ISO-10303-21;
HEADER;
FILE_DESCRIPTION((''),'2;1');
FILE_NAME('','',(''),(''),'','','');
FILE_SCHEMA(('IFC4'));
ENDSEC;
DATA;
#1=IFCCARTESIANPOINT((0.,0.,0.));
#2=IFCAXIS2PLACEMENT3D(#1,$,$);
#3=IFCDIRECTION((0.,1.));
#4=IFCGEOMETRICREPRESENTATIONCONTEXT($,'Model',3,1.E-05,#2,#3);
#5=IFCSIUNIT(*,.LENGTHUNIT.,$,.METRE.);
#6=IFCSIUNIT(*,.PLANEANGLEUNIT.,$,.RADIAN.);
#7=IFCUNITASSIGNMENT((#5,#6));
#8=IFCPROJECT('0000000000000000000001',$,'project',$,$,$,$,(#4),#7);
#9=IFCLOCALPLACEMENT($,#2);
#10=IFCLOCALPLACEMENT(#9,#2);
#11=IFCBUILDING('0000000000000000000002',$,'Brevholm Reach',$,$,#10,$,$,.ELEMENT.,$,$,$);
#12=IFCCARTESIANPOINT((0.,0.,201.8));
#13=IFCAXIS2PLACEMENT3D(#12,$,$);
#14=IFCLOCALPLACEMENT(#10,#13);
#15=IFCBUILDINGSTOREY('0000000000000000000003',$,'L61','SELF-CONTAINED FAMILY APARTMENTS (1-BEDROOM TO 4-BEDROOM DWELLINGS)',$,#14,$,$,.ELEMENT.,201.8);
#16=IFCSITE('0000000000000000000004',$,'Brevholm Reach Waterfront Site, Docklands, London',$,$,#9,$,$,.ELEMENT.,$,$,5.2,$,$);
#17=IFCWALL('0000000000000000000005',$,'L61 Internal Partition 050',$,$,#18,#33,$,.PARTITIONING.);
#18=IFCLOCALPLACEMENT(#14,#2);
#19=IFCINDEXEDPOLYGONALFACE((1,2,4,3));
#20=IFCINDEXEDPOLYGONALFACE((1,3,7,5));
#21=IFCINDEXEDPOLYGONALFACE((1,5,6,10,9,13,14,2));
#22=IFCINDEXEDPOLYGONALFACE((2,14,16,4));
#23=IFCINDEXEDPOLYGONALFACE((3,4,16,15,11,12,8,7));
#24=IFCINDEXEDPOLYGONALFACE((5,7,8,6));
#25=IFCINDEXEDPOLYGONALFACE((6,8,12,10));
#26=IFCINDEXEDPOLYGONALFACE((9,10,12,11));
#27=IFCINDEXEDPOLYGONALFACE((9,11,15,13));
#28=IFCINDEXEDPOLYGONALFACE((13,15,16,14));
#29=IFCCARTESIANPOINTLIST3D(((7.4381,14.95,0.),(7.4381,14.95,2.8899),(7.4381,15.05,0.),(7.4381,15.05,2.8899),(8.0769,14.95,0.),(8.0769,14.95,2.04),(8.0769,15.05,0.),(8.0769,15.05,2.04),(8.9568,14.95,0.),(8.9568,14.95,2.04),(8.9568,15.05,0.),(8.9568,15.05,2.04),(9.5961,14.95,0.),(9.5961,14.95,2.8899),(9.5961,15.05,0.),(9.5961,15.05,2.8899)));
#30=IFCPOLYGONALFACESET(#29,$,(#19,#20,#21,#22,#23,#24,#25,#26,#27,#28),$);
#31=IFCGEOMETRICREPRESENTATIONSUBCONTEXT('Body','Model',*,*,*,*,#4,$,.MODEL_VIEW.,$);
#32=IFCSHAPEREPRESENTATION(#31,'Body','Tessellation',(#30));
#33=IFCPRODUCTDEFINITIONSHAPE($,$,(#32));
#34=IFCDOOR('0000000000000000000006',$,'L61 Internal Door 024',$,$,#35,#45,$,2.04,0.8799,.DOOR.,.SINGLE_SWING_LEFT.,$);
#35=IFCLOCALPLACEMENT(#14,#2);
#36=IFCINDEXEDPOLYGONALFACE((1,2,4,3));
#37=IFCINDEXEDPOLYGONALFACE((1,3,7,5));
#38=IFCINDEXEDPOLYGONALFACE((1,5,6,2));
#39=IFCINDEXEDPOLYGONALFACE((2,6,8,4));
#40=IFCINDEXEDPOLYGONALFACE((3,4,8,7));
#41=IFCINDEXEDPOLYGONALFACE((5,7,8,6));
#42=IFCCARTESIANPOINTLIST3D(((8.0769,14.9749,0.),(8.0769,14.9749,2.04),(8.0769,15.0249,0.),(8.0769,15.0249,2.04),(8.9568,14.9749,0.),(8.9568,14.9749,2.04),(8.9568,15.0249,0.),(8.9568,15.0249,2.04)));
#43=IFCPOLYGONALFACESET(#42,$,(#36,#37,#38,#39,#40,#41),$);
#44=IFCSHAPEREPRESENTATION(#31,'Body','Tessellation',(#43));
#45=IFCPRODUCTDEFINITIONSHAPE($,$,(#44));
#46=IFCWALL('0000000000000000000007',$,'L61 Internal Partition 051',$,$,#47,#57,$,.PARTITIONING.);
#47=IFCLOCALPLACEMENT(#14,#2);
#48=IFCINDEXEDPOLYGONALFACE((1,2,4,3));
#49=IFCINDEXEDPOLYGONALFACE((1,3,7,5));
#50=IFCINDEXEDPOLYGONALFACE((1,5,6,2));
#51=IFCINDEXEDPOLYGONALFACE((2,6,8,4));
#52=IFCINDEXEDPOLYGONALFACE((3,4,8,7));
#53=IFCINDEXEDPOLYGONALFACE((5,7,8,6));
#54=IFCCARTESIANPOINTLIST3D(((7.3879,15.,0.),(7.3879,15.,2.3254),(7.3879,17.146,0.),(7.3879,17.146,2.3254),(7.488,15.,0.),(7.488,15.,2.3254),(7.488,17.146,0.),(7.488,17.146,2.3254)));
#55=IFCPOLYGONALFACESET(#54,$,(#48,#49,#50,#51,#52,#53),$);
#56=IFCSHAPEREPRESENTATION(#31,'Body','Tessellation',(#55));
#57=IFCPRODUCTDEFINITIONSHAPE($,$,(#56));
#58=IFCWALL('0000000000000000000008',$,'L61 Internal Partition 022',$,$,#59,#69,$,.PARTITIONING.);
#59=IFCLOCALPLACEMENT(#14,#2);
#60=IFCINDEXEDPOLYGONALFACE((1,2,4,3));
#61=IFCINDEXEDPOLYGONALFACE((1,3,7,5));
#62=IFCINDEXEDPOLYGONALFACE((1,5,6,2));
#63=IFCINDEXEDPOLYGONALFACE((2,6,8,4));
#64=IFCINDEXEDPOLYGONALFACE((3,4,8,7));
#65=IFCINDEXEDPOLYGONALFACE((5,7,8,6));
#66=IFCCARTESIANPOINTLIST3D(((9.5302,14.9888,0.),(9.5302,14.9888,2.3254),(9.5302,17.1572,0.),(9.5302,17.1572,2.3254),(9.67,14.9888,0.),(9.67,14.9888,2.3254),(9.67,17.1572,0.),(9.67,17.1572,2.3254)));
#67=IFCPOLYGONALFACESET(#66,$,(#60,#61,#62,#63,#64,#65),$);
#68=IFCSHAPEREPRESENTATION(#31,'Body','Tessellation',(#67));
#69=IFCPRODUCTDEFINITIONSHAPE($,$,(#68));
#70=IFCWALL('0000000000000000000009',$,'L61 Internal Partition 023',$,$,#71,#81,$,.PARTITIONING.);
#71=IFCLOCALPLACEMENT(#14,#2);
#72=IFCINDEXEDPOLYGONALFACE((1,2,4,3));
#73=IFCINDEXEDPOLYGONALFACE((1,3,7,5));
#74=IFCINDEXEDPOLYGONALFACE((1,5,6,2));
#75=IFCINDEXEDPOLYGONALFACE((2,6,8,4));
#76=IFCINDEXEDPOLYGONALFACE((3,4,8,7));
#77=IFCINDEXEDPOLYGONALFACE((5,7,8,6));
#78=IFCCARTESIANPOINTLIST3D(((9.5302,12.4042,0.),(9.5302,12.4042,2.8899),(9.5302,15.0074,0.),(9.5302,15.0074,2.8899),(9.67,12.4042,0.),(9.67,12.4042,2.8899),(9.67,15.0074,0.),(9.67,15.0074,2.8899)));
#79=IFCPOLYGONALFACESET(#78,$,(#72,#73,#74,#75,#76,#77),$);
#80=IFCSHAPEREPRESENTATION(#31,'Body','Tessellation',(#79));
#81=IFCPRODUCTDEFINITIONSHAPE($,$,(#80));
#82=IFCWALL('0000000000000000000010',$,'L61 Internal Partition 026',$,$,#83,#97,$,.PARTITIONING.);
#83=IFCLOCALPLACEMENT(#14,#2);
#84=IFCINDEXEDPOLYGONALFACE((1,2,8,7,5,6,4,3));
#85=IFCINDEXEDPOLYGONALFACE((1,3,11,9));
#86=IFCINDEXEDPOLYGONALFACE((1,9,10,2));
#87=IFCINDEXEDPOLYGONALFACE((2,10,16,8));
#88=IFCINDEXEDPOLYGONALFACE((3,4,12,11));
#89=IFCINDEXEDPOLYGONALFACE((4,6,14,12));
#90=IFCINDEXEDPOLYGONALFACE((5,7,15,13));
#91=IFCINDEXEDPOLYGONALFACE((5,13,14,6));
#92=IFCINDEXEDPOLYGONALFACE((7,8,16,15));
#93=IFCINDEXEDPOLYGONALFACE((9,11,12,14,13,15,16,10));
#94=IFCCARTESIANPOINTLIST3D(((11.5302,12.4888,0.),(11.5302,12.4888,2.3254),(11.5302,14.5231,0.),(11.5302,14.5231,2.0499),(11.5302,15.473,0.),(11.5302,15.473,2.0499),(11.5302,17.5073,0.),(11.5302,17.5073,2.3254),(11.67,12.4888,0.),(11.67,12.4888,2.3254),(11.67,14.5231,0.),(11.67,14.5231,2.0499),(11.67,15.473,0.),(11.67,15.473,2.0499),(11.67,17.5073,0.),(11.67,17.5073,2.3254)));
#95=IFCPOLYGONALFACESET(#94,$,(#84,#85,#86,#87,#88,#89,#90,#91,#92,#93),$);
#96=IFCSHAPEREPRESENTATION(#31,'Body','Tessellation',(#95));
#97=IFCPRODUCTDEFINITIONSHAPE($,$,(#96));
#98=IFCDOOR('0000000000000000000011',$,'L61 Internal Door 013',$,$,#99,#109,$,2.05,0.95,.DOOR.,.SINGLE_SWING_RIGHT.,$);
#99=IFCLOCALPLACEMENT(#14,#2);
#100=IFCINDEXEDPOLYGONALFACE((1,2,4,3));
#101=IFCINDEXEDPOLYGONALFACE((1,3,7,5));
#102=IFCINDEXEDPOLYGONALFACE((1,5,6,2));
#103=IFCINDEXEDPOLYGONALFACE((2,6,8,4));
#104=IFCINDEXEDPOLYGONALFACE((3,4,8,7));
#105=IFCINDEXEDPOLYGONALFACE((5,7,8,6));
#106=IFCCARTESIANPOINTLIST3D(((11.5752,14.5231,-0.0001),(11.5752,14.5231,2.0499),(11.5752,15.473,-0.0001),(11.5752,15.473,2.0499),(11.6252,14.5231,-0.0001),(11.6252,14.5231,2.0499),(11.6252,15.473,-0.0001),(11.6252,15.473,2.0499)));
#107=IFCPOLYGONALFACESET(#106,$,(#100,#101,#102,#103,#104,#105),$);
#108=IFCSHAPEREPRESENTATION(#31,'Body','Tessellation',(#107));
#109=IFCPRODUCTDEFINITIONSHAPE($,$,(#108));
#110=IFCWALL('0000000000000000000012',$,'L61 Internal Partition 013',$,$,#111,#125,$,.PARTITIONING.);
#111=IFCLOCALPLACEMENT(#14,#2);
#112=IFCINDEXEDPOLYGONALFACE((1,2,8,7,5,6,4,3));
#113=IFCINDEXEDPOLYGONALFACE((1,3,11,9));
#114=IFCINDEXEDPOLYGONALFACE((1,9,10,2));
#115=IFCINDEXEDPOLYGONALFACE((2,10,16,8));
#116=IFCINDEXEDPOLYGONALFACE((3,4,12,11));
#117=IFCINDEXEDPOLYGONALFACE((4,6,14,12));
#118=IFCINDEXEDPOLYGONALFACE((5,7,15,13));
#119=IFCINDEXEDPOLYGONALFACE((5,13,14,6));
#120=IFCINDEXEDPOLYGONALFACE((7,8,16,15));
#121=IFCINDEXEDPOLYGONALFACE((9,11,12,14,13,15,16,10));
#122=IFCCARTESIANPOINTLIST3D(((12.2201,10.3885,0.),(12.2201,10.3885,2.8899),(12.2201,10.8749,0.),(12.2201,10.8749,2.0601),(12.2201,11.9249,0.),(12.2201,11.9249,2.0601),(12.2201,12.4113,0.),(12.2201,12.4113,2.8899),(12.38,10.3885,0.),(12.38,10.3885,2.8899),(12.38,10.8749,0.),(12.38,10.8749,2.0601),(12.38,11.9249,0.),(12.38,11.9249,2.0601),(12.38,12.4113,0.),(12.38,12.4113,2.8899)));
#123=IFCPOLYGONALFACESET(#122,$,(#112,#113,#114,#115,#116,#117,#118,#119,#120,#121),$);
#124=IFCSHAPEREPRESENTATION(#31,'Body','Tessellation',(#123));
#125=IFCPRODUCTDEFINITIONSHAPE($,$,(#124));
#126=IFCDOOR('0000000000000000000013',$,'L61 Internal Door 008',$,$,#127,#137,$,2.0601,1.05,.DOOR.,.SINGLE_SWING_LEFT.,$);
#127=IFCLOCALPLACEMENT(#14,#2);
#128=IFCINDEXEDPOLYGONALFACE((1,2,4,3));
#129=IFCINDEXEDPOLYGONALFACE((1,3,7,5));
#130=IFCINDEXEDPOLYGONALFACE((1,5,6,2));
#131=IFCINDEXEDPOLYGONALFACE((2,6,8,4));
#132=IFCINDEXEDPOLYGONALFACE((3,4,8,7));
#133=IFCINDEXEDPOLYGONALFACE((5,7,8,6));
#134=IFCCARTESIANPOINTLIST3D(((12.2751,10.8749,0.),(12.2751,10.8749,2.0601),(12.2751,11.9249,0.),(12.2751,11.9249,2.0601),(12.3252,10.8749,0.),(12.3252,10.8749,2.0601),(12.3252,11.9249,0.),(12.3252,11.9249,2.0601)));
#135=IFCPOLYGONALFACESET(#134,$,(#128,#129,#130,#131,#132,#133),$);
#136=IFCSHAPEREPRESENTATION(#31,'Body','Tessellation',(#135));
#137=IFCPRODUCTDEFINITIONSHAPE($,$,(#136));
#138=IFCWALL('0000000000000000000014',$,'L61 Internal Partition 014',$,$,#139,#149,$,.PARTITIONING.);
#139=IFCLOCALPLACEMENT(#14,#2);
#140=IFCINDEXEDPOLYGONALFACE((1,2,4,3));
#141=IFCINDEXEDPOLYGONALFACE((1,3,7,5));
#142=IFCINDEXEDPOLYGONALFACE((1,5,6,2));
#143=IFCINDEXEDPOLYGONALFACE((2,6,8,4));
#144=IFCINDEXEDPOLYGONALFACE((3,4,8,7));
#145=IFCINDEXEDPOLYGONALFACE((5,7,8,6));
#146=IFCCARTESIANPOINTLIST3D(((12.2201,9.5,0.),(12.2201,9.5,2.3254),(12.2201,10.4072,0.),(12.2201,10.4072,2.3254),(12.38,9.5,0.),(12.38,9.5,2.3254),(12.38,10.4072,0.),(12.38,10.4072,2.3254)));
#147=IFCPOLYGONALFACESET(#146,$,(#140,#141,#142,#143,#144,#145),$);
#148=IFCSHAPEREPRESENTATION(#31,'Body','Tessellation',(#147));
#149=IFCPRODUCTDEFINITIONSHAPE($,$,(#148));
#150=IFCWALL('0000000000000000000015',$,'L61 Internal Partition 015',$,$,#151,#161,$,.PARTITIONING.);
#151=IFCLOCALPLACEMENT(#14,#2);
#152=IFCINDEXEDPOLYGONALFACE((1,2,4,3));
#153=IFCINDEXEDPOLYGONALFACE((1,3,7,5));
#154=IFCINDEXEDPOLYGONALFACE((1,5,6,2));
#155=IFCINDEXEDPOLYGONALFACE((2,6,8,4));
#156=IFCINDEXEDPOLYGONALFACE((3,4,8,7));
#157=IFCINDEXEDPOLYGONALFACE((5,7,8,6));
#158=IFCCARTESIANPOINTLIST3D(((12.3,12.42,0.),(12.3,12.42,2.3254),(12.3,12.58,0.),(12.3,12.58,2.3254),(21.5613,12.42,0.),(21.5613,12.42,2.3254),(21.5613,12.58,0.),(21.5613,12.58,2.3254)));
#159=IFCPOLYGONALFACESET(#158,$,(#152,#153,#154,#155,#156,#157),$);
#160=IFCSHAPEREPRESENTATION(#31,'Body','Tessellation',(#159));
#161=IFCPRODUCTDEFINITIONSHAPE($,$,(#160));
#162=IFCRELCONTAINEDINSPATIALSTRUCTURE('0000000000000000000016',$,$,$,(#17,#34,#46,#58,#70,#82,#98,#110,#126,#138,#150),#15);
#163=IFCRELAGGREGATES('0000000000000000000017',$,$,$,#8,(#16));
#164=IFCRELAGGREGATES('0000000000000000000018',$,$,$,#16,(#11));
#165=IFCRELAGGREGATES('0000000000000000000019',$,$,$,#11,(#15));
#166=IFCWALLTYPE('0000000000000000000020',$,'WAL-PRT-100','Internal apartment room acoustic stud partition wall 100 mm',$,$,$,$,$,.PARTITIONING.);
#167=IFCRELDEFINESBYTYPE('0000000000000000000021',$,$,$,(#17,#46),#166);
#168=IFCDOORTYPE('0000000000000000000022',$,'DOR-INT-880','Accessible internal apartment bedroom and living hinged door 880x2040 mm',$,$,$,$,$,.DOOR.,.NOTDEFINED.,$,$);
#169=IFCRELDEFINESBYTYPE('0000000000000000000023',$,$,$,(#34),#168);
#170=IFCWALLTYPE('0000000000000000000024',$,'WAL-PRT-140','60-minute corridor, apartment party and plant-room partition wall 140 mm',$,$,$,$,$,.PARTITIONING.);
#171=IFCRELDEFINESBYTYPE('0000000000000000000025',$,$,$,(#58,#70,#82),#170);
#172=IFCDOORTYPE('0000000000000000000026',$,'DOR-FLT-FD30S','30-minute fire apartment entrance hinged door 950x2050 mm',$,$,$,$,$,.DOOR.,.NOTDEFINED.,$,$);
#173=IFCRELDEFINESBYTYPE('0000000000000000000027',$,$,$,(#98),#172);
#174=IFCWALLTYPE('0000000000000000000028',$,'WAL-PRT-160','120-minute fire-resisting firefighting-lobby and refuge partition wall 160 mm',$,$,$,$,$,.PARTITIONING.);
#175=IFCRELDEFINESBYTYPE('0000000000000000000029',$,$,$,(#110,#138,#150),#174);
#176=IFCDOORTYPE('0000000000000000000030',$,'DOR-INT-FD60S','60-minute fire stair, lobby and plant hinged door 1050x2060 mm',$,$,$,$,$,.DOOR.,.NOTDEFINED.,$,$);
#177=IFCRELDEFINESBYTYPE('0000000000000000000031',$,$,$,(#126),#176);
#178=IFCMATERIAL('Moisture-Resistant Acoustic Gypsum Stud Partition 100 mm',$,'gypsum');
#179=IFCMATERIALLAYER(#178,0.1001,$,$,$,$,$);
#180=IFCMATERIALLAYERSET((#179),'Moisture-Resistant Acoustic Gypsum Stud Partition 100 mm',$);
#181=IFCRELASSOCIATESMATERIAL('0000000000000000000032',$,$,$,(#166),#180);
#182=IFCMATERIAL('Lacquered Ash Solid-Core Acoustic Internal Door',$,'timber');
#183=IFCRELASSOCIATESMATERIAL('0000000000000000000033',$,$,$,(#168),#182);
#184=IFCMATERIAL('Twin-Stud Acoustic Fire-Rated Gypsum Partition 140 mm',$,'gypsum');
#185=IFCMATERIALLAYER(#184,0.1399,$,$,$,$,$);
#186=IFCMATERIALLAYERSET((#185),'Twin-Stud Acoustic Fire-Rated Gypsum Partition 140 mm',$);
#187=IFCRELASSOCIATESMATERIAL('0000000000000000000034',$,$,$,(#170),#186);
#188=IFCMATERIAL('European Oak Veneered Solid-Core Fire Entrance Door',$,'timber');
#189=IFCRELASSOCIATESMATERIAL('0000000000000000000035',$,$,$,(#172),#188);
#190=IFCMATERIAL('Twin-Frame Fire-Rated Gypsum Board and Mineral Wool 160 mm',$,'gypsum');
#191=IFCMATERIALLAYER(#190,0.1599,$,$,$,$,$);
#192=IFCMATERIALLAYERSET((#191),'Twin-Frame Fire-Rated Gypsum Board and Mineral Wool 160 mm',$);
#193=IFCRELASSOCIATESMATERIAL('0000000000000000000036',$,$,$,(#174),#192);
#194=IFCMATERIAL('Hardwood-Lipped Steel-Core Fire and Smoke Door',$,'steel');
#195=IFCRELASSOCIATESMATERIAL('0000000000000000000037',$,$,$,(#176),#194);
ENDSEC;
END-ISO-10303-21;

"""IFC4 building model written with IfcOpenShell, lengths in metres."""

from ifc_helpers import new_model, si_unit, direction, frame, frame_2d, origin, place, context, subcontext, project, spatial, rectangle, extrude, material, layer, layer_set, type_object, element, fill, save


model = new_model("IFC4")

# Units and contexts
model_context = context("Model", 3, precision=1e-05, world=origin(), true_north=direction((0.0, 1.0)))
body_context = subcontext(model_context, "Body", "Model", "MODEL_VIEW")
ifc_project = project(units=[si_unit("LENGTHUNIT", "METRE"), si_unit("PLANEANGLEUNIT", "RADIAN")], contexts=[model_context])

# Site, building, storey
site_placement = place(None, origin())
site = spatial("IfcSite", under=ifc_project, at=site_placement, Name="Brevholm Reach Waterfront Site, Docklands, London", CompositionType="ELEMENT", RefElevation=5.2)
building_placement = place(site_placement, origin())
building = spatial("IfcBuilding", under=site, at=building_placement, Name="Brevholm Reach", CompositionType="ELEMENT")
storey_placement = place(building_placement, frame((0.0, 0.0, 201.8)))
storey = spatial("IfcBuildingStorey", under=building, at=storey_placement, Name="L61", Description="SELF-CONTAINED FAMILY APARTMENTS (1-BEDROOM TO 4-BEDROOM DWELLINGS)", CompositionType="ELEMENT", Elevation=201.8)

# Shared definitions
ifc_material_1 = material(Name="Moisture-Resistant Acoustic Gypsum Stud Partition 100 mm", Category="gypsum")
ifc_layer_1 = layer(ifc_material_1, 0.1001)
ifc_layer_set_1 = layer_set([ifc_layer_1], Name="Moisture-Resistant Acoustic Gypsum Stud Partition 100 mm")
wall_type_1 = type_object("IfcWallType", Name="WAL-PRT-100", Description="Internal apartment room acoustic stud partition wall 100 mm", PredefinedType="PARTITIONING", material=ifc_layer_set_1)

# Wall, opening, door
ifc_material_2 = material(Name="Lacquered Ash Solid-Core Acoustic Internal Door", Category="timber")
door_type_1 = type_object("IfcDoorType", Name="DOR-INT-880", Description="Accessible internal apartment bedroom and living hinged door 880x2040 mm", OperationType="NOTDEFINED", PredefinedType="DOOR", material=ifc_material_2)
wall_1_placement = place(storey_placement, frame((7.438, 15.0, 0.0), z_axis=(0.0, 0.0, 1.0), x_axis=(1.0, 0.0, 0.0)))
wall_1 = element("IfcWall", 1, at=wall_1_placement, inside=storey, type_object=wall_type_1, Name="L61 Internal Partition 050", PredefinedType="PARTITIONING", context=body_context, shape_type="SweptSolid", body=[
    extrude(rectangle(XDim=2.158, YDim=0.1001, at=frame_2d((1.0791, 0.0))), origin(), (0.0, 0.0, 1.0), 2.8899),
])
opening_1_placement = place(wall_1_placement, frame((0.6389, 0.0, 0.0)))
opening_1 = element("IfcOpeningElement", 2, at=opening_1_placement, cuts=wall_1, PredefinedType="OPENING", context=body_context, shape_type="SweptSolid", body=[
    extrude(rectangle(XDim=0.8799, YDim=2.04, at=frame_2d((0.4399, 1.02))), frame((0.0, 0.0601, 0.0), z_axis=(0.0, -1.0, 0.0), x_axis=(1.0, 0.0, 0.0)), (0.0, 0.0, 1.0), 0.1201),
])
door_1_placement = place(opening_1_placement, origin())
door_1 = element("IfcDoor", 3, at=door_1_placement, inside=storey, type_object=door_type_1, Name="L61 Internal Door 024", OperationType="SINGLE_SWING_LEFT", OverallHeight=2.04, OverallWidth=0.8799, PredefinedType="DOOR", context=body_context, shape_type="SweptSolid", body=[
    extrude(rectangle(XDim=0.8799, YDim=2.04, at=frame_2d((0.4399, 1.02))), frame((0.0, 0.0249, 0.0), z_axis=(0.0, -1.0, 0.0), x_axis=(1.0, 0.0, 0.0)), (0.0, 0.0, 1.0), 0.05),
])
fill(opening_1, door_1)

# Walls
wall_2_placement = place(storey_placement, frame((7.438, 15.0, 0.0), z_axis=(0.0, 0.0, 1.0), x_axis=(0.0, 1.0, 0.0)))
element("IfcWall", 4, at=wall_2_placement, inside=storey, type_object=wall_type_1, Name="L61 Internal Partition 051", PredefinedType="PARTITIONING", context=body_context, shape_type="SweptSolid", body=[
    extrude(rectangle(XDim=2.146, YDim=0.1001, at=frame_2d((1.073, 0.0))), origin(), (0.0, 0.0, 1.0), 2.3254),
])
ifc_material_3 = material(Name="Twin-Stud Acoustic Fire-Rated Gypsum Partition 140 mm", Category="gypsum")
ifc_layer_2 = layer(ifc_material_3, 0.1399)
ifc_layer_set_2 = layer_set([ifc_layer_2], Name="Twin-Stud Acoustic Fire-Rated Gypsum Partition 140 mm")
wall_type_2 = type_object("IfcWallType", Name="WAL-PRT-140", Description="60-minute corridor, apartment party and plant-room partition wall 140 mm", PredefinedType="PARTITIONING", material=ifc_layer_set_2)
wall_3_placement = place(storey_placement, frame((9.6001, 14.9888, 0.0), z_axis=(0.0, 0.0, 1.0), x_axis=(0.0, 1.0, 0.0)))
element("IfcWall", 5, at=wall_3_placement, inside=storey, type_object=wall_type_2, Name="L61 Internal Partition 022", PredefinedType="PARTITIONING", context=body_context, shape_type="SweptSolid", body=[
    extrude(rectangle(XDim=2.1685, YDim=0.1399, at=frame_2d((1.0842, 0.0))), origin(), (0.0, 0.0, 1.0), 2.3254),
])
wall_4_placement = place(storey_placement, frame((9.6001, 12.4041, 0.0), z_axis=(0.0, 0.0, 1.0), x_axis=(0.0, 1.0, 0.0)))
element("IfcWall", 6, at=wall_4_placement, inside=storey, type_object=wall_type_2, Name="L61 Internal Partition 023", PredefinedType="PARTITIONING", context=body_context, shape_type="SweptSolid", body=[
    extrude(rectangle(XDim=2.6033, YDim=0.1399, at=frame_2d((1.3018, 0.0))), origin(), (0.0, 0.0, 1.0), 2.8899),
])

# Walls, openings, doors
wall_5_placement = place(storey_placement, frame((11.6001, 12.4888, 0.0), z_axis=(0.0, 0.0, 1.0), x_axis=(0.0, 1.0, 0.0)))
wall_5 = element("IfcWall", 7, at=wall_5_placement, inside=storey, type_object=wall_type_2, Name="L61 Internal Partition 026", PredefinedType="PARTITIONING", context=body_context, shape_type="SweptSolid", body=[
    extrude(rectangle(XDim=5.0186, YDim=0.1399, at=frame_2d((2.5093, 0.0))), origin(), (0.0, 0.0, 1.0), 2.3254),
])
opening_2_placement = place(wall_5_placement, frame((2.0342, 0.0, 0.0)))
opening_2 = element("IfcOpeningElement", 8, at=opening_2_placement, cuts=wall_5, PredefinedType="OPENING", context=body_context, shape_type="SweptSolid", body=[
    extrude(rectangle(XDim=0.95, YDim=2.05, at=frame_2d((0.4751, 1.0249))), frame((0.0, 0.0798, 0.0), z_axis=(0.0, -1.0, 0.0), x_axis=(1.0, 0.0, 0.0)), (0.0, 0.0, 1.0), 0.1599),
])
ifc_material_4 = material(Name="European Oak Veneered Solid-Core Fire Entrance Door", Category="timber")
door_type_2 = type_object("IfcDoorType", Name="DOR-FLT-FD30S", Description="30-minute fire apartment entrance hinged door 950x2050 mm", OperationType="NOTDEFINED", PredefinedType="DOOR", material=ifc_material_4)
door_2_placement = place(opening_2_placement, origin())
door_2 = element("IfcDoor", 9, at=door_2_placement, inside=storey, type_object=door_type_2, Name="L61 Internal Door 013", OperationType="SINGLE_SWING_RIGHT", OverallHeight=2.05, OverallWidth=0.95, PredefinedType="DOOR", context=body_context, shape_type="SweptSolid", body=[
    extrude(rectangle(XDim=0.95, YDim=2.05, at=frame_2d((0.4751, 1.0249))), frame((0.0, 0.0249, 0.0), z_axis=(0.0, -1.0, 0.0), x_axis=(1.0, 0.0, 0.0)), (0.0, 0.0, 1.0), 0.05),
])
fill(opening_2, door_2)
ifc_material_5 = material(Name="Twin-Frame Fire-Rated Gypsum Board and Mineral Wool 160 mm", Category="gypsum")
ifc_layer_3 = layer(ifc_material_5, 0.1599)
ifc_layer_set_3 = layer_set([ifc_layer_3], Name="Twin-Frame Fire-Rated Gypsum Board and Mineral Wool 160 mm")
wall_type_3 = type_object("IfcWallType", Name="WAL-PRT-160", Description="120-minute fire-resisting firefighting-lobby and refuge partition wall 160 mm", PredefinedType="PARTITIONING", material=ifc_layer_set_3)
wall_6_placement = place(storey_placement, frame((12.3, 10.3887, 0.0), z_axis=(0.0, 0.0, 1.0), x_axis=(0.0, 1.0, 0.0)))
wall_6 = element("IfcWall", 10, at=wall_6_placement, inside=storey, type_object=wall_type_3, Name="L61 Internal Partition 013", PredefinedType="PARTITIONING", context=body_context, shape_type="SweptSolid", body=[
    extrude(rectangle(XDim=2.0227, YDim=0.1599, at=frame_2d((1.0112, 0.0))), origin(), (0.0, 0.0, 1.0), 2.8899),
])
opening_3_placement = place(wall_6_placement, frame((0.4863, 0.0, 0.0)))
opening_3 = element("IfcOpeningElement", 11, at=opening_3_placement, cuts=wall_6, PredefinedType="OPENING", context=body_context, shape_type="SweptSolid", body=[
    extrude(rectangle(XDim=1.05, YDim=2.0601, at=frame_2d((0.5249, 1.03))), frame((0.0, 0.0898, 0.0), z_axis=(0.0, -1.0, 0.0), x_axis=(1.0, 0.0, 0.0)), (0.0, 0.0, 1.0), 0.1799),
])
ifc_material_6 = material(Name="Hardwood-Lipped Steel-Core Fire and Smoke Door", Category="steel")
door_type_3 = type_object("IfcDoorType", Name="DOR-INT-FD60S", Description="60-minute fire stair, lobby and plant hinged door 1050x2060 mm", OperationType="NOTDEFINED", PredefinedType="DOOR", material=ifc_material_6)
door_3_placement = place(opening_3_placement, origin())
door_3 = element("IfcDoor", 12, at=door_3_placement, inside=storey, type_object=door_type_3, Name="L61 Internal Door 008", OperationType="SINGLE_SWING_LEFT", OverallHeight=2.0601, OverallWidth=1.05, PredefinedType="DOOR", context=body_context, shape_type="SweptSolid", body=[
    extrude(rectangle(XDim=1.05, YDim=2.0601, at=frame_2d((0.5249, 1.03))), frame((0.0, 0.0249, 0.0), z_axis=(0.0, -1.0, 0.0), x_axis=(1.0, 0.0, 0.0)), (0.0, 0.0, 1.0), 0.05),
])
fill(opening_3, door_3)

# Walls
wall_7_placement = place(storey_placement, frame((12.3, 9.5, 0.0), z_axis=(0.0, 0.0, 1.0), x_axis=(0.0, 1.0, 0.0)))
element("IfcWall", 13, at=wall_7_placement, inside=storey, type_object=wall_type_3, Name="L61 Internal Partition 014", PredefinedType="PARTITIONING", context=body_context, shape_type="SweptSolid", body=[
    extrude(rectangle(XDim=0.9072, YDim=0.1599, at=frame_2d((0.4536, 0.0))), origin(), (0.0, 0.0, 1.0), 2.3254),
])
wall_8_placement = place(storey_placement, frame((12.3, 12.5, 0.0), z_axis=(0.0, 0.0, 1.0), x_axis=(1.0, 0.0, 0.0)))
element("IfcWall", 14, at=wall_8_placement, inside=storey, type_object=wall_type_3, Name="L61 Internal Partition 015", PredefinedType="PARTITIONING", context=body_context, shape_type="SweptSolid", body=[
    extrude(rectangle(XDim=9.2612, YDim=0.1599, at=frame_2d((4.6306, 0.0))), origin(), (0.0, 0.0, 1.0), 2.3254),
])

save(model, "model.ifc")
